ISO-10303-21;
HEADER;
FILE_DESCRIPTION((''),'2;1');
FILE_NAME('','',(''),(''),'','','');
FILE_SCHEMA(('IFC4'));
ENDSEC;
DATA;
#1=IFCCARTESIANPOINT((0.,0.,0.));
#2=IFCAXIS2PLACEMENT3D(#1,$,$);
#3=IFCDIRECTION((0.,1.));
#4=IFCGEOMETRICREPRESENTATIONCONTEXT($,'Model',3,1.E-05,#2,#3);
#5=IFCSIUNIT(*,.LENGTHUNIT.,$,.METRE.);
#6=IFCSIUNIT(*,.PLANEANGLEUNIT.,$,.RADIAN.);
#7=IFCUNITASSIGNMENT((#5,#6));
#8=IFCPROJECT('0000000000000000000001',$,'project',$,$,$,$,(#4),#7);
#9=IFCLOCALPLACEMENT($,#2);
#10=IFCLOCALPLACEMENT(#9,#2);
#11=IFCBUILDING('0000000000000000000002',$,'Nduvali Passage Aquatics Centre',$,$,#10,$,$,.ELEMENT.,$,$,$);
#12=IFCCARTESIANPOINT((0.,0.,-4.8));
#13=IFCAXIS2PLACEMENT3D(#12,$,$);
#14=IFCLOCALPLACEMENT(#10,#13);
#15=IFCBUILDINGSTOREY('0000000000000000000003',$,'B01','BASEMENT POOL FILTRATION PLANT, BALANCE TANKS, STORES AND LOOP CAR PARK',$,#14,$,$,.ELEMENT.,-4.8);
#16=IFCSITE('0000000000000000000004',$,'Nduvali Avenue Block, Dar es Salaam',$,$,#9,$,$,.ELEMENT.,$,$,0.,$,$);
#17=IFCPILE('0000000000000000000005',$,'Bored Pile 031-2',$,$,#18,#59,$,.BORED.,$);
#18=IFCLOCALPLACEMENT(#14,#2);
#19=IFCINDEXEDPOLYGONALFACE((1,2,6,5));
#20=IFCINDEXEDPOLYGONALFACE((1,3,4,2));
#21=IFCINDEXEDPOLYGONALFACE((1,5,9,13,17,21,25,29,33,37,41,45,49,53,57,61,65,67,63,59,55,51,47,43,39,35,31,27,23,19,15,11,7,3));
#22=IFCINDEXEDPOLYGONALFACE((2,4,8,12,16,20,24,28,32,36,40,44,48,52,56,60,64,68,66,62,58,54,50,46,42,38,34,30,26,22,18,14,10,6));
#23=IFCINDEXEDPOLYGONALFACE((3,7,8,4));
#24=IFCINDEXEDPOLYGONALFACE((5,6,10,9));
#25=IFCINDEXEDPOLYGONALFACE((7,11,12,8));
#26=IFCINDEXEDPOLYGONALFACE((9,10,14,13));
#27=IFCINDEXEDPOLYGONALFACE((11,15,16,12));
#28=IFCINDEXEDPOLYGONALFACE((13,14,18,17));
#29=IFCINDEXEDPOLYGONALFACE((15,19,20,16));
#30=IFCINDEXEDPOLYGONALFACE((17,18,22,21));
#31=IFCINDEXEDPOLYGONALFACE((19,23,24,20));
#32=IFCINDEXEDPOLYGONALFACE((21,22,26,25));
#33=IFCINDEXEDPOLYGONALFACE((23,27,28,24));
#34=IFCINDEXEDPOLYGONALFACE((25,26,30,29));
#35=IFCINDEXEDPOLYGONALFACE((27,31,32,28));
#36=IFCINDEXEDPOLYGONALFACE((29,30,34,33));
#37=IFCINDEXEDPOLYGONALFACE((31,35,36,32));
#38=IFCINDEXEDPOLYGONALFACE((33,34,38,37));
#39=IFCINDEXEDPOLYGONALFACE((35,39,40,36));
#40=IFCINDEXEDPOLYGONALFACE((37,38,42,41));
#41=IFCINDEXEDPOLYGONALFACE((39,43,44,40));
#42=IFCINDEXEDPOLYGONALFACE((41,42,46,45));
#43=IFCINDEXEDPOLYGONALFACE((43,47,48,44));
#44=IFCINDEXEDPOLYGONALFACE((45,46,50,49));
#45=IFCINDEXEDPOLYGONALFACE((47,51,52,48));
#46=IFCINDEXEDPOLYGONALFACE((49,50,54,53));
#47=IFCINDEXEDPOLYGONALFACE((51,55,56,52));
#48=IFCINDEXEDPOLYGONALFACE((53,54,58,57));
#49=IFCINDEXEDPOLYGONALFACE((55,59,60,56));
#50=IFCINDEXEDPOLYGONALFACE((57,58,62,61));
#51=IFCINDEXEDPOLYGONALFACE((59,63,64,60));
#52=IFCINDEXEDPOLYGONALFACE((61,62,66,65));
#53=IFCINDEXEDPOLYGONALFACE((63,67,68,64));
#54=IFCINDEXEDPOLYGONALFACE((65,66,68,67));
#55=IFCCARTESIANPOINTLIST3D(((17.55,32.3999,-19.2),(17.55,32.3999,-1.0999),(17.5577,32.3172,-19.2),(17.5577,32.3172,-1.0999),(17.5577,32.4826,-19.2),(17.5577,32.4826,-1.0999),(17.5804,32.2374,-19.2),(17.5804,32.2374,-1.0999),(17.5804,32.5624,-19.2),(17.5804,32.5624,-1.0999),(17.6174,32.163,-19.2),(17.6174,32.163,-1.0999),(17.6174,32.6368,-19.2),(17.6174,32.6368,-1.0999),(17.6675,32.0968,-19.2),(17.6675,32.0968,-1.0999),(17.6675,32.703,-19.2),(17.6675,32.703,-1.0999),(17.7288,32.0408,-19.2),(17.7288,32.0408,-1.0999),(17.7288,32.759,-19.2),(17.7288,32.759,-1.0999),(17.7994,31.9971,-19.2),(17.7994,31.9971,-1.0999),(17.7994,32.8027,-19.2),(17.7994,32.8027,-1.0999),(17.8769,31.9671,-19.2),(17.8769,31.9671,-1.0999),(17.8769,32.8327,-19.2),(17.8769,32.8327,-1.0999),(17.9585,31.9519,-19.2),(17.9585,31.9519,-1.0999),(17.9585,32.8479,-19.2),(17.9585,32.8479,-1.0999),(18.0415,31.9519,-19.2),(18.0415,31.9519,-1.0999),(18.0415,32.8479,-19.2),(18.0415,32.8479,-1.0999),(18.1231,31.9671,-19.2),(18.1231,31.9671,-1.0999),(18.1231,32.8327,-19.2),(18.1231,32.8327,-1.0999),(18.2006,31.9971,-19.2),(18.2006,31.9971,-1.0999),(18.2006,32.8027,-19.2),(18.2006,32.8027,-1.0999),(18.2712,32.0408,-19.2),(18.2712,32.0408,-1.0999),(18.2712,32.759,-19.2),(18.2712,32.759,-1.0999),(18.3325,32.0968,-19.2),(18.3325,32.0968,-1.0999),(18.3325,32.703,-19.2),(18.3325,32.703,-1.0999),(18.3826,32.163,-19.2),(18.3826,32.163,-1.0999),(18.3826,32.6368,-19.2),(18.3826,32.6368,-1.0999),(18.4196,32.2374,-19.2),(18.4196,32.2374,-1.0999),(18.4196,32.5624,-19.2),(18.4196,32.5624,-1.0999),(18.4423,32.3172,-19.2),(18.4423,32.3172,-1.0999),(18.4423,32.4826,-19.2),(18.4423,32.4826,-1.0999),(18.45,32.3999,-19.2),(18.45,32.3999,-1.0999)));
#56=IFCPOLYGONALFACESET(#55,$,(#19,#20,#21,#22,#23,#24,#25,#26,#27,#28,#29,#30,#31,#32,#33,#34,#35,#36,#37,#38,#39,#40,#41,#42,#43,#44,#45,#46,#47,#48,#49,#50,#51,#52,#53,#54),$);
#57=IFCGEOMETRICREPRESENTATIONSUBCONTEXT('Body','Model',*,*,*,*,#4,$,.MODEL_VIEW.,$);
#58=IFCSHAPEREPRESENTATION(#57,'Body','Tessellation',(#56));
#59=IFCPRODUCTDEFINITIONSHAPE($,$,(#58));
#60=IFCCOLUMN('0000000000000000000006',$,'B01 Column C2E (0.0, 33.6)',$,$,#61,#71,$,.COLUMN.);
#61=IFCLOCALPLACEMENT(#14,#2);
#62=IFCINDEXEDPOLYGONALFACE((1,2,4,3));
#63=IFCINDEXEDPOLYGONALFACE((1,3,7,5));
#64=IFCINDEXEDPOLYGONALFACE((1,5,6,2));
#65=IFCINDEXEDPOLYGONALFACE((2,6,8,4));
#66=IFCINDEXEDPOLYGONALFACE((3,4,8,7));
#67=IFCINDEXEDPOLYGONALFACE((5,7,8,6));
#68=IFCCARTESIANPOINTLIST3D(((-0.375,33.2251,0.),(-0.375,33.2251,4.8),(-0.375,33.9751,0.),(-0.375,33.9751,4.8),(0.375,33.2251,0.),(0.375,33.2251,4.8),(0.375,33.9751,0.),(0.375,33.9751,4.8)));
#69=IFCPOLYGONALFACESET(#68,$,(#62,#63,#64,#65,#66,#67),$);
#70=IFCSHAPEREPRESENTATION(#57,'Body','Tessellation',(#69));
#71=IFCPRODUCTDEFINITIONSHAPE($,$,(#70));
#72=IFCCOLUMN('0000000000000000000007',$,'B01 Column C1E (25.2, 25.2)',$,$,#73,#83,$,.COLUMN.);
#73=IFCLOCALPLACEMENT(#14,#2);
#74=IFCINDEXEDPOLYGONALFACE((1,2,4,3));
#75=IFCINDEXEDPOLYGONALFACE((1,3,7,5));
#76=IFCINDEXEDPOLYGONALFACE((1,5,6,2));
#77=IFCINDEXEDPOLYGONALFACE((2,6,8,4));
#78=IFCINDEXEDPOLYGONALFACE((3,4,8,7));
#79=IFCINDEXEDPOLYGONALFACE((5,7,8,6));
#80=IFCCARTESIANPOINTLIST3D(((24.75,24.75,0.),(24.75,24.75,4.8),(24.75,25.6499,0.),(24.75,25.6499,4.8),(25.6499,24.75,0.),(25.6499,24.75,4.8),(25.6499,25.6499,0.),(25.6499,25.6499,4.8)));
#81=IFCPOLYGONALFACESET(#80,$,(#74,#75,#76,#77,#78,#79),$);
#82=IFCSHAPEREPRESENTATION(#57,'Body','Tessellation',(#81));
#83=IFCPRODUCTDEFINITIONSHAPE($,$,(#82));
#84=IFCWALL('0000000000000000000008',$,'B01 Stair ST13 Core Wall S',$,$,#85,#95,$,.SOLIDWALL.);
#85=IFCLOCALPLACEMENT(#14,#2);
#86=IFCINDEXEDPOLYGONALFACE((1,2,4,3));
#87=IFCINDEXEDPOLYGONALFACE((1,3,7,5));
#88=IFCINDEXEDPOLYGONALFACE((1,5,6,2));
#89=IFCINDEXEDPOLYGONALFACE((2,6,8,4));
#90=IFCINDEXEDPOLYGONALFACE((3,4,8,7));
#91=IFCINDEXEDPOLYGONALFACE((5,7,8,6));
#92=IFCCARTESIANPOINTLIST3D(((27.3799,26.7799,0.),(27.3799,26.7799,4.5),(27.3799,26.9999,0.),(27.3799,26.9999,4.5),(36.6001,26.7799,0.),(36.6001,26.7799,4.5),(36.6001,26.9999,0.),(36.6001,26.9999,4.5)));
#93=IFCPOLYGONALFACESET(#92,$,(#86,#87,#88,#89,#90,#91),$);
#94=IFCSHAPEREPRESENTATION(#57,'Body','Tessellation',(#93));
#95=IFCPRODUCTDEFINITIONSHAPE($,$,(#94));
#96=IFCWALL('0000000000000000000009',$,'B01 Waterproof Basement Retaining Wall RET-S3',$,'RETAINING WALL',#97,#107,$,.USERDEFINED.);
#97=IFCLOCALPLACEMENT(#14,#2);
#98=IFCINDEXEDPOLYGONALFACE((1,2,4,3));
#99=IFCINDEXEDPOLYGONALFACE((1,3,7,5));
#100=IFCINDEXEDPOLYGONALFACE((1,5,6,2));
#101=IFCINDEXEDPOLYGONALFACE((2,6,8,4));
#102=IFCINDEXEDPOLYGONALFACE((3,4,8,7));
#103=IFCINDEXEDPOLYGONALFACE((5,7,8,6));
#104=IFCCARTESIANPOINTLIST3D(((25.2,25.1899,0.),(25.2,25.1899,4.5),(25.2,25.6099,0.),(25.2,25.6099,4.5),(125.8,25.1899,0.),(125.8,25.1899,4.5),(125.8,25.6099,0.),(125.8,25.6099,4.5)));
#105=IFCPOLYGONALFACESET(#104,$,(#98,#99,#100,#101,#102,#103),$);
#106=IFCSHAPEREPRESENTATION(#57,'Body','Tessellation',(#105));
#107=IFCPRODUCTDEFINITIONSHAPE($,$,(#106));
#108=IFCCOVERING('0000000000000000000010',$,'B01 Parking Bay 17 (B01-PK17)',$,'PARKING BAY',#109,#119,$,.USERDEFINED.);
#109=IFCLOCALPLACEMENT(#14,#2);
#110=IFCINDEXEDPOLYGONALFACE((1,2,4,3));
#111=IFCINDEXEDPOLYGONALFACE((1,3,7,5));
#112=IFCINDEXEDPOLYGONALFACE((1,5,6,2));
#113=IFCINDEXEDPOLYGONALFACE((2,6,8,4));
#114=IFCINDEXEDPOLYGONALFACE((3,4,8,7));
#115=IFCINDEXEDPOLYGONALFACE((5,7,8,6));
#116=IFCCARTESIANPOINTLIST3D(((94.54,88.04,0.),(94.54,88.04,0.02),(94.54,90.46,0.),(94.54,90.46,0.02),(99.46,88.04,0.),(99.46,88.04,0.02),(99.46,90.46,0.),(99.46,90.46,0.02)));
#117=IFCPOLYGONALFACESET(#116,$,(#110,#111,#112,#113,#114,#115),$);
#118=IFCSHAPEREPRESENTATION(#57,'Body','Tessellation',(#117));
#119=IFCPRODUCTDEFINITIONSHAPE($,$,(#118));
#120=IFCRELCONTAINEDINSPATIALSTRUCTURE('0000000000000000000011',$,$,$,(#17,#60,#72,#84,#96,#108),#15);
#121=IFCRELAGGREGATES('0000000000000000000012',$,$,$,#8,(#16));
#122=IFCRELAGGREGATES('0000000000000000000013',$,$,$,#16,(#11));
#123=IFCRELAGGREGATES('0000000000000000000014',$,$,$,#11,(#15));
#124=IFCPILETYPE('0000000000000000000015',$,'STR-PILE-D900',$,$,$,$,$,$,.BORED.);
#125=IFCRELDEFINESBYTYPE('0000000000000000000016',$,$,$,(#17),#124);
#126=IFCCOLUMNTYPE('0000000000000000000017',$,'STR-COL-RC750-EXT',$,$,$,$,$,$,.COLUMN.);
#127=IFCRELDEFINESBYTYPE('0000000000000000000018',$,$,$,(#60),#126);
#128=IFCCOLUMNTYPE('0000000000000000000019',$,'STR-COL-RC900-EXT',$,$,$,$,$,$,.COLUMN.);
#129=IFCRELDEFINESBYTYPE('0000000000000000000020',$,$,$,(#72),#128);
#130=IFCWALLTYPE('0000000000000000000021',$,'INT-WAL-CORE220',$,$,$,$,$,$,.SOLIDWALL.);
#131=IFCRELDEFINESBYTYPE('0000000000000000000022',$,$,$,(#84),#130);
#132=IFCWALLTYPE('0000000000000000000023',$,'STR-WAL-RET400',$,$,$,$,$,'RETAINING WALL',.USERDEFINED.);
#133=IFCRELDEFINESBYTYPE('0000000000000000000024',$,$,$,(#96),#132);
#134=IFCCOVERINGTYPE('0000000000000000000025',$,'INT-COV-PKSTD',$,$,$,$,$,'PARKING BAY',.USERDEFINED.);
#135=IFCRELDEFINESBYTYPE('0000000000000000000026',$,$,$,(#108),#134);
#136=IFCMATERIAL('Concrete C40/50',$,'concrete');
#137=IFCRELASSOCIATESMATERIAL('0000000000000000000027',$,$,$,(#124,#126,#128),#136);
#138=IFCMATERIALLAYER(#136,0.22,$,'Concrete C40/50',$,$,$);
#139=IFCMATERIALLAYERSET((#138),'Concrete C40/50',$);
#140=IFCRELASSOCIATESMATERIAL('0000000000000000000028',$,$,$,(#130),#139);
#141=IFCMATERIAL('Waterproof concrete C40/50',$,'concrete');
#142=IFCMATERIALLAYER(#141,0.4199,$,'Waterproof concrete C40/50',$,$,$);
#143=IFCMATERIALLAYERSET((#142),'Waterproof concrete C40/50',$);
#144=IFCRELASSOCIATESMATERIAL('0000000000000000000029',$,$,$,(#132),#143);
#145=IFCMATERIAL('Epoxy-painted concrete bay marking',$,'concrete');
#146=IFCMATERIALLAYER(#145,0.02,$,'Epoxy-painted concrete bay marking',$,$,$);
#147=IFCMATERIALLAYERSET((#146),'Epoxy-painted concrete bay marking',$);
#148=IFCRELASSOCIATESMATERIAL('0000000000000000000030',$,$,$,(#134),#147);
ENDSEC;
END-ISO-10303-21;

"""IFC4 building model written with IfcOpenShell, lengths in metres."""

from ifc_helpers import new_model, si_unit, direction, frame, frame_2d, origin, origin_2d, place, context, subcontext, project, spatial, polyline, rectangle, circle, outline, extrude, material, layer, layer_set, material_profile, profile_set, type_object, element, save


model = new_model("IFC4")

# Units and contexts
model_context = context("Model", 3, precision=1e-05, world=origin(), true_north=direction((0.0, 1.0)))
body_context = subcontext(model_context, "Body", "Model", "MODEL_VIEW")
ifc_project = project(units=[si_unit("LENGTHUNIT", "METRE"), si_unit("PLANEANGLEUNIT", "RADIAN")], contexts=[model_context])

# Site, building, storey
site_placement = place(None, origin())
site = spatial("IfcSite", under=ifc_project, at=site_placement, Name="Nduvali Avenue Block, Dar es Salaam", CompositionType="ELEMENT", RefElevation=0.0)
building_placement = place(site_placement, origin())
building = spatial("IfcBuilding", under=site, at=building_placement, Name="Nduvali Passage Aquatics Centre", CompositionType="ELEMENT")
storey_placement = place(building_placement, frame((0.0, 0.0, -4.8)))
storey = spatial("IfcBuildingStorey", under=building, at=storey_placement, Name="B01", Description="BASEMENT POOL FILTRATION PLANT, BALANCE TANKS, STORES AND LOOP CAR PARK", CompositionType="ELEMENT", Elevation=-4.8)

# Shared definitions
ifc_material_1 = material(Name="Concrete C40/50", Category="concrete")

# Pile
ifc_material_profile_1 = material_profile(ifc_material_1, circle(Radius=0.45, at=origin_2d()), Name="PILE D900")
ifc_profile_set_1 = profile_set([ifc_material_profile_1], Name="Concrete C40/50")
pile_type_1 = type_object("IfcPileType", Name="STR-PILE-D900", PredefinedType="BORED", material=ifc_profile_set_1)
for number, where, z_axis, x_axis, name in (
    (1, (18.0, 32.3999, -1.0999), (0.0, 0.0, -1.0), (1.0, 0.0, 0.0), "Bored Pile 031-2"),
):
    element("IfcPile", number, at=place(storey_placement, frame(where, z_axis=z_axis, x_axis=x_axis)), inside=storey, type_object=pile_type_1, Name=name, PredefinedType="BORED", context=body_context, shape_type="SweptSolid", body=[
        extrude(circle(Radius=0.45, at=origin_2d()), origin(), (0.0, 0.0, 1.0), 18.1001),
    ])

# Columns
ifc_material_profile_2 = material_profile(ifc_material_1, rectangle(XDim=0.75, YDim=0.75, at=origin_2d()), Name="RC 750x750")
ifc_profile_set_2 = profile_set([ifc_material_profile_2], Name="Concrete C40/50")
column_type_1 = type_object("IfcColumnType", Name="STR-COL-RC750-EXT", PredefinedType="COLUMN", material=ifc_profile_set_2)
column_1_placement = place(storey_placement, frame((0.0, 33.6001, 0.0), z_axis=(0.0, 0.0, 1.0), x_axis=(1.0, 0.0, 0.0)))
element("IfcColumn", 2, at=column_1_placement, inside=storey, type_object=column_type_1, Name="B01 Column C2E (0.0, 33.6)", PredefinedType="COLUMN", context=body_context, shape_type="SweptSolid", body=[
    extrude(rectangle(XDim=0.75, YDim=0.75, at=origin_2d()), origin(), (0.0, 0.0, 1.0), 4.8),
])
ifc_material_profile_3 = material_profile(ifc_material_1, rectangle(XDim=0.8999, YDim=0.8999, at=origin_2d()), Name="RC 900x900")
ifc_profile_set_3 = profile_set([ifc_material_profile_3], Name="Concrete C40/50")
column_type_2 = type_object("IfcColumnType", Name="STR-COL-RC900-EXT", PredefinedType="COLUMN", material=ifc_profile_set_3)
column_2_placement = place(storey_placement, frame((25.2, 25.2, 0.0), z_axis=(0.0, 0.0, 1.0), x_axis=(1.0, 0.0, 0.0)))
element("IfcColumn", 3, at=column_2_placement, inside=storey, type_object=column_type_2, Name="B01 Column C1E (25.2, 25.2)", PredefinedType="COLUMN", context=body_context, shape_type="SweptSolid", body=[
    extrude(rectangle(XDim=0.8999, YDim=0.8999, at=origin_2d()), origin(), (0.0, 0.0, 1.0), 4.8),
])

# Walls
ifc_layer_1 = layer(ifc_material_1, 0.22, Name="Concrete C40/50")
ifc_layer_set_1 = layer_set([ifc_layer_1], Name="Concrete C40/50")
wall_type_1 = type_object("IfcWallType", Name="INT-WAL-CORE220", PredefinedType="SOLIDWALL", material=ifc_layer_set_1)
wall_1_placement = place(storey_placement, frame((27.3799, 26.8899, 0.0), z_axis=(0.0, 0.0, 1.0), x_axis=(1.0, 0.0, 0.0)))
element("IfcWall", 4, at=wall_1_placement, inside=storey, type_object=wall_type_1, Name="B01 Stair ST13 Core Wall S", PredefinedType="SOLIDWALL", context=body_context, shape_type="SweptSolid", body=[
    extrude(rectangle(XDim=9.2202, YDim=0.22, at=frame_2d((4.6101, 0.0))), origin(), (0.0, 0.0, 1.0), 4.5),
])
ifc_material_2 = material(Name="Waterproof concrete C40/50", Category="concrete")
ifc_layer_2 = layer(ifc_material_2, 0.4199, Name="Waterproof concrete C40/50")
ifc_layer_set_2 = layer_set([ifc_layer_2], Name="Waterproof concrete C40/50")
wall_type_2 = type_object("IfcWallType", Name="STR-WAL-RET400", ElementType="RETAINING WALL", PredefinedType="USERDEFINED", material=ifc_layer_set_2)
wall_2_placement = place(storey_placement, frame((25.2, 25.3999, 0.0), z_axis=(0.0, 0.0, 1.0), x_axis=(1.0, 0.0, 0.0)))
element("IfcWall", 5, at=wall_2_placement, inside=storey, type_object=wall_type_2, Name="B01 Waterproof Basement Retaining Wall RET-S3", ObjectType="RETAINING WALL", PredefinedType="USERDEFINED", context=body_context, shape_type="SweptSolid", body=[
    extrude(rectangle(XDim=100.6001, YDim=0.4199, at=frame_2d((50.3, 0.0))), origin(), (0.0, 0.0, 1.0), 4.5),
])

# Covering
ifc_material_3 = material(Name="Epoxy-painted concrete bay marking", Category="concrete")
ifc_layer_3 = layer(ifc_material_3, 0.02, Name="Epoxy-painted concrete bay marking")
ifc_layer_set_3 = layer_set([ifc_layer_3], Name="Epoxy-painted concrete bay marking")
covering_type = type_object("IfcCoveringType", Name="INT-COV-PKSTD", ElementType="PARKING BAY", PredefinedType="USERDEFINED", material=ifc_layer_set_3)
covering_placement = place(storey_placement, origin())
element("IfcCovering", 6, at=covering_placement, inside=storey, type_object=covering_type, Name="B01 Parking Bay 17 (B01-PK17)", ObjectType="PARKING BAY", PredefinedType="USERDEFINED", context=body_context, shape_type="SweptSolid", body=[
    extrude(outline(polyline([(94.54, 88.04), (99.46, 88.04), (99.46, 90.46), (94.54, 90.46), (94.54, 88.04)])), origin(), (0.0, 0.0, 1.0), 0.02),
])

save(model, "model.ifc")
